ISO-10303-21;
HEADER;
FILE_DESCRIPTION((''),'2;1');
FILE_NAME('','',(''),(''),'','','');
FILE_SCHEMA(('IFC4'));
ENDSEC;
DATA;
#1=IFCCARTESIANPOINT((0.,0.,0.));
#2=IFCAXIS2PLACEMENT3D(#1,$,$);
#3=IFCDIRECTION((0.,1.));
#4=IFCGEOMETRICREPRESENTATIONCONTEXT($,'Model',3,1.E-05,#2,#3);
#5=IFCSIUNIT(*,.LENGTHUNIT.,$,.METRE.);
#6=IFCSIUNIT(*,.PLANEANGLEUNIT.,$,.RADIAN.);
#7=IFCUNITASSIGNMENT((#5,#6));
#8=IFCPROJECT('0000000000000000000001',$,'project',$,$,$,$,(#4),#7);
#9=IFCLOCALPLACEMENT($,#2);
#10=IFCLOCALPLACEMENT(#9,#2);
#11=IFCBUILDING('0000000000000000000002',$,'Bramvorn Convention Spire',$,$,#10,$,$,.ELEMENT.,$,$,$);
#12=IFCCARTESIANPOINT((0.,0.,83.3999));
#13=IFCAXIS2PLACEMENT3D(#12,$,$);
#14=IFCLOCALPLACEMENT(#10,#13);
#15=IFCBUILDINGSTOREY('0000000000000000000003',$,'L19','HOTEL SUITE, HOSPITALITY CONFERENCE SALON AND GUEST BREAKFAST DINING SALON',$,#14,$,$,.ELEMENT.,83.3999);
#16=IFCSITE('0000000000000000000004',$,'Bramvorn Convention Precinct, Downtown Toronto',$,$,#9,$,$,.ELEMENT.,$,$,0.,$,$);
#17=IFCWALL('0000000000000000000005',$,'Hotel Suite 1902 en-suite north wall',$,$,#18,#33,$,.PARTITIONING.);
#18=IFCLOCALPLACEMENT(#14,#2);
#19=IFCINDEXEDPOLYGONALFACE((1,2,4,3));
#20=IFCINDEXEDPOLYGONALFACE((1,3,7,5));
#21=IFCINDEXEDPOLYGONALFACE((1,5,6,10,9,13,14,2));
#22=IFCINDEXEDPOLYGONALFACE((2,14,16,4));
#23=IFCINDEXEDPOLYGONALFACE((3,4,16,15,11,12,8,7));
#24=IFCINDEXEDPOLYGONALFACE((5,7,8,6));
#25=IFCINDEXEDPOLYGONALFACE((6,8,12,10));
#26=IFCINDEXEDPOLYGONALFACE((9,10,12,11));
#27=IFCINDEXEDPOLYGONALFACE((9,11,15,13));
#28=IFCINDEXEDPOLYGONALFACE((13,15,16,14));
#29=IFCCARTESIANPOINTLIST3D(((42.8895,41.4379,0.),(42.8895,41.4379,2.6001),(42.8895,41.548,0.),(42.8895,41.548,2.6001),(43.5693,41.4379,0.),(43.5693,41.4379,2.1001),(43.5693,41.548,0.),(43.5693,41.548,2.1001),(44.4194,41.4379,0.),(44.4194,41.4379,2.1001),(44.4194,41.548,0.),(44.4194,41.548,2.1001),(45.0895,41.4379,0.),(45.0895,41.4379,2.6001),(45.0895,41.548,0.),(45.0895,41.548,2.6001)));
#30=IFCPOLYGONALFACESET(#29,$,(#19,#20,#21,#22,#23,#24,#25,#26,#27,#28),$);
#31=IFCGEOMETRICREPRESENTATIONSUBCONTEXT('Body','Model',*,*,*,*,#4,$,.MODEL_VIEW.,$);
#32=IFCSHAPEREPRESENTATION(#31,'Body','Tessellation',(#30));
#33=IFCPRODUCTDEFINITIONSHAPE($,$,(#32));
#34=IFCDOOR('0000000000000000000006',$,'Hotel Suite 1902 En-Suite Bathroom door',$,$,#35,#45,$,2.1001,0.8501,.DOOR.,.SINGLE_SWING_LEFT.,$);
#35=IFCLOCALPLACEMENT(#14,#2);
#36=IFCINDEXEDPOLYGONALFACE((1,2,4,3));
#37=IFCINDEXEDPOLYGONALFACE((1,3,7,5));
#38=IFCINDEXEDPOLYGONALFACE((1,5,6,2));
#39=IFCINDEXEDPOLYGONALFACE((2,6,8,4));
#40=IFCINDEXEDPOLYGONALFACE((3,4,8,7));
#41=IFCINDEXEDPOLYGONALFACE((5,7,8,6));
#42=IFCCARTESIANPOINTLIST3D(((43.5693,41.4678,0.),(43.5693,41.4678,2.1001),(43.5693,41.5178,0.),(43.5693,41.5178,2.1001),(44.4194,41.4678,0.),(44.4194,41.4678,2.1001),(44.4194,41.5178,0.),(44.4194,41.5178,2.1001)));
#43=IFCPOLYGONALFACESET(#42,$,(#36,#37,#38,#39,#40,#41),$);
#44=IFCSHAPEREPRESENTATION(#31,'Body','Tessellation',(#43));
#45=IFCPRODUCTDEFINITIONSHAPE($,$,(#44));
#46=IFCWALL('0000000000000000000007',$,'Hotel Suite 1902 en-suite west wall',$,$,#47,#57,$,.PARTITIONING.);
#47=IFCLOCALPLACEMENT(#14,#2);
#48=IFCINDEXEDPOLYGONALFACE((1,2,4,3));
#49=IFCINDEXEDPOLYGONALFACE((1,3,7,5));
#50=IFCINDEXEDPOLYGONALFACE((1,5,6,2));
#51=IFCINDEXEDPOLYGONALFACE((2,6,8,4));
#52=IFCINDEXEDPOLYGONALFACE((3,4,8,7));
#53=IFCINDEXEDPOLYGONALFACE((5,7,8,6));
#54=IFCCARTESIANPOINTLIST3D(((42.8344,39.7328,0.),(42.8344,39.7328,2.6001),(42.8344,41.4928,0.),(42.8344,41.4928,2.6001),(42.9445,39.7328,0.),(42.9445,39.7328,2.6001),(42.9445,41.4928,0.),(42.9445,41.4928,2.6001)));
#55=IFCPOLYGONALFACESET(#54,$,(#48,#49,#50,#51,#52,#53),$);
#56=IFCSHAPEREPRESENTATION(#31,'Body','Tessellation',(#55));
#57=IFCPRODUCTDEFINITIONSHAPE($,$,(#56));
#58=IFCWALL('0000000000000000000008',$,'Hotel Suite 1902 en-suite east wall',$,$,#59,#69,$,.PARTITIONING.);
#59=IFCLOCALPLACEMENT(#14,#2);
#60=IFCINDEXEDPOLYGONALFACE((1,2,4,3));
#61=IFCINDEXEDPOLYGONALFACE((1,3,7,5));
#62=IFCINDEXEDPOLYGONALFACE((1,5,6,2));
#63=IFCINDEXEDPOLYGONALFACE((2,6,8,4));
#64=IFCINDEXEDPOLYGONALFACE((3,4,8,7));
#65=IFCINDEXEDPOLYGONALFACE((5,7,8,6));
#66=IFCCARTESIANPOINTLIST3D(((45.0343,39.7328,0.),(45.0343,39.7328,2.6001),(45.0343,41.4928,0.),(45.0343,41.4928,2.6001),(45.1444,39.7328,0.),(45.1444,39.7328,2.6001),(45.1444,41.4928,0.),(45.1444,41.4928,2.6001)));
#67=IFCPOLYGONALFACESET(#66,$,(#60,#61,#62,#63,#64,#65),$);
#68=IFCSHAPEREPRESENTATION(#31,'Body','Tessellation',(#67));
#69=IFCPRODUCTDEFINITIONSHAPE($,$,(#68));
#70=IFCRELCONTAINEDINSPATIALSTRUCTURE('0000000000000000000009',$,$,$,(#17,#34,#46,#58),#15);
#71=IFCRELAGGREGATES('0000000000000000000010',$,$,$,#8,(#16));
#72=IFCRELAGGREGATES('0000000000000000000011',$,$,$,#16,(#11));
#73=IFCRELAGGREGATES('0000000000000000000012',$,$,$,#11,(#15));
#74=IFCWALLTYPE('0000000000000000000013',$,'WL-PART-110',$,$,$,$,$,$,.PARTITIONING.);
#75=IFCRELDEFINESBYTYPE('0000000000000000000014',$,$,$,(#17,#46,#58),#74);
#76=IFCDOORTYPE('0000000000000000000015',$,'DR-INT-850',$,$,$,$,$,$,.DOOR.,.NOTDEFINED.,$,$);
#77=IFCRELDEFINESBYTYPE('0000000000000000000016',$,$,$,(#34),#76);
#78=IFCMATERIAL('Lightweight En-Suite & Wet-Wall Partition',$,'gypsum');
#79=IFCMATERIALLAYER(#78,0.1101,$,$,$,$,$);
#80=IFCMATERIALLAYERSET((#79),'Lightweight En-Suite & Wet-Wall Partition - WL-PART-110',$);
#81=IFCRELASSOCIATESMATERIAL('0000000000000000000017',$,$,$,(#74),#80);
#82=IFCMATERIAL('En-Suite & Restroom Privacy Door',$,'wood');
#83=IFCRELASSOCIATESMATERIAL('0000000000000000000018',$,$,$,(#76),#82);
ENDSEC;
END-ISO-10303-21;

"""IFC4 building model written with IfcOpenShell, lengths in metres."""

from ifc_helpers import new_model, si_unit, direction, frame, frame_2d, origin, place, context, subcontext, project, spatial, rectangle, extrude, material, layer, layer_set, type_object, element, fill, save


model = new_model("IFC4")

# Units and contexts
model_context = context("Model", 3, precision=1e-05, world=origin(), true_north=direction((0.0, 1.0)))
body_context = subcontext(model_context, "Body", "Model", "MODEL_VIEW")
ifc_project = project(units=[si_unit("LENGTHUNIT", "METRE"), si_unit("PLANEANGLEUNIT", "RADIAN")], contexts=[model_context])

# Site, building, storey
site_placement = place(None, origin())
site = spatial("IfcSite", under=ifc_project, at=site_placement, Name="Bramvorn Convention Precinct, Downtown Toronto", CompositionType="ELEMENT", RefElevation=0.0)
building_placement = place(site_placement, origin())
building = spatial("IfcBuilding", under=site, at=building_placement, Name="Bramvorn Convention Spire", CompositionType="ELEMENT")
storey_placement = place(building_placement, frame((0.0, 0.0, 83.3999)))
storey = spatial("IfcBuildingStorey", under=building, at=storey_placement, Name="L19", Description="HOTEL SUITE, HOSPITALITY CONFERENCE SALON AND GUEST BREAKFAST DINING SALON", CompositionType="ELEMENT", Elevation=83.3999)

# Shared definitions
ifc_material_1 = material(Name="Lightweight En-Suite & Wet-Wall Partition", Category="gypsum")
ifc_layer_1 = layer(ifc_material_1, 0.1101)
ifc_layer_set_1 = layer_set([ifc_layer_1], Name="Lightweight En-Suite & Wet-Wall Partition - WL-PART-110")
wall_type_1 = type_object("IfcWallType", Name="WL-PART-110", PredefinedType="PARTITIONING", material=ifc_layer_set_1)

# Wall, opening, door
wall_1_placement = place(storey_placement, frame((42.8894, 41.4929, 0.0), z_axis=(0.0, 0.0, 1.0), x_axis=(1.0, 0.0, 0.0)))
wall_1 = element("IfcWall", 1, at=wall_1_placement, inside=storey, type_object=wall_type_1, Name="Hotel Suite 1902 en-suite north wall", PredefinedType="PARTITIONING", context=body_context, shape_type="SweptSolid", body=[
    extrude(rectangle(XDim=2.2, YDim=0.1101, at=frame_2d((1.1001, 0.0))), origin(), (0.0, 0.0, 1.0), 2.6001),
])
opening_1_placement = place(wall_1_placement, frame((0.6799, 0.0, 0.0)))
opening_1 = element("IfcOpeningElement", 2, at=opening_1_placement, cuts=wall_1, PredefinedType="OPENING", context=body_context, shape_type="SweptSolid", body=[
    extrude(rectangle(XDim=0.8501, YDim=2.1001, at=frame_2d((0.425, 1.05))), frame((0.0, 0.0649, 0.0), z_axis=(0.0, -1.0, 0.0), x_axis=(1.0, 0.0, 0.0)), (0.0, 0.0, 1.0), 0.1301),
])
ifc_material_2 = material(Name="En-Suite & Restroom Privacy Door", Category="wood")
door_type_1 = type_object("IfcDoorType", Name="DR-INT-850", OperationType="NOTDEFINED", PredefinedType="DOOR", material=ifc_material_2)
door_1_placement = place(opening_1_placement, origin())
door_1 = element("IfcDoor", 3, at=door_1_placement, inside=storey, type_object=door_type_1, Name="Hotel Suite 1902 En-Suite Bathroom door", OperationType="SINGLE_SWING_LEFT", OverallHeight=2.1001, OverallWidth=0.8501, PredefinedType="DOOR", context=body_context, shape_type="SweptSolid", body=[
    extrude(rectangle(XDim=0.8501, YDim=2.1001, at=frame_2d((0.425, 1.05))), frame((0.0, 0.0249, 0.0), z_axis=(0.0, -1.0, 0.0), x_axis=(1.0, 0.0, 0.0)), (0.0, 0.0, 1.0), 0.05),
])
fill(opening_1, door_1)

# Walls
for number, where, z_axis, x_axis, name in (
    (4, (42.8894, 39.7329, 0.0), (0.0, 0.0, 1.0), (0.0, 1.0, 0.0), "Hotel Suite 1902 en-suite west wall"),
    (5, (45.0894, 39.7329, 0.0), (0.0, 0.0, 1.0), (0.0, 1.0, 0.0), "Hotel Suite 1902 en-suite east wall"),
):
    element("IfcWall", number, at=place(storey_placement, frame(where, z_axis=z_axis, x_axis=x_axis)), inside=storey, type_object=wall_type_1, Name=name, PredefinedType="PARTITIONING", context=body_context, shape_type="SweptSolid", body=[
        extrude(rectangle(XDim=1.76, YDim=0.1101, at=frame_2d((0.8799, 0.0))), origin(), (0.0, 0.0, 1.0), 2.6001),
    ])

save(model, "model.ifc")
